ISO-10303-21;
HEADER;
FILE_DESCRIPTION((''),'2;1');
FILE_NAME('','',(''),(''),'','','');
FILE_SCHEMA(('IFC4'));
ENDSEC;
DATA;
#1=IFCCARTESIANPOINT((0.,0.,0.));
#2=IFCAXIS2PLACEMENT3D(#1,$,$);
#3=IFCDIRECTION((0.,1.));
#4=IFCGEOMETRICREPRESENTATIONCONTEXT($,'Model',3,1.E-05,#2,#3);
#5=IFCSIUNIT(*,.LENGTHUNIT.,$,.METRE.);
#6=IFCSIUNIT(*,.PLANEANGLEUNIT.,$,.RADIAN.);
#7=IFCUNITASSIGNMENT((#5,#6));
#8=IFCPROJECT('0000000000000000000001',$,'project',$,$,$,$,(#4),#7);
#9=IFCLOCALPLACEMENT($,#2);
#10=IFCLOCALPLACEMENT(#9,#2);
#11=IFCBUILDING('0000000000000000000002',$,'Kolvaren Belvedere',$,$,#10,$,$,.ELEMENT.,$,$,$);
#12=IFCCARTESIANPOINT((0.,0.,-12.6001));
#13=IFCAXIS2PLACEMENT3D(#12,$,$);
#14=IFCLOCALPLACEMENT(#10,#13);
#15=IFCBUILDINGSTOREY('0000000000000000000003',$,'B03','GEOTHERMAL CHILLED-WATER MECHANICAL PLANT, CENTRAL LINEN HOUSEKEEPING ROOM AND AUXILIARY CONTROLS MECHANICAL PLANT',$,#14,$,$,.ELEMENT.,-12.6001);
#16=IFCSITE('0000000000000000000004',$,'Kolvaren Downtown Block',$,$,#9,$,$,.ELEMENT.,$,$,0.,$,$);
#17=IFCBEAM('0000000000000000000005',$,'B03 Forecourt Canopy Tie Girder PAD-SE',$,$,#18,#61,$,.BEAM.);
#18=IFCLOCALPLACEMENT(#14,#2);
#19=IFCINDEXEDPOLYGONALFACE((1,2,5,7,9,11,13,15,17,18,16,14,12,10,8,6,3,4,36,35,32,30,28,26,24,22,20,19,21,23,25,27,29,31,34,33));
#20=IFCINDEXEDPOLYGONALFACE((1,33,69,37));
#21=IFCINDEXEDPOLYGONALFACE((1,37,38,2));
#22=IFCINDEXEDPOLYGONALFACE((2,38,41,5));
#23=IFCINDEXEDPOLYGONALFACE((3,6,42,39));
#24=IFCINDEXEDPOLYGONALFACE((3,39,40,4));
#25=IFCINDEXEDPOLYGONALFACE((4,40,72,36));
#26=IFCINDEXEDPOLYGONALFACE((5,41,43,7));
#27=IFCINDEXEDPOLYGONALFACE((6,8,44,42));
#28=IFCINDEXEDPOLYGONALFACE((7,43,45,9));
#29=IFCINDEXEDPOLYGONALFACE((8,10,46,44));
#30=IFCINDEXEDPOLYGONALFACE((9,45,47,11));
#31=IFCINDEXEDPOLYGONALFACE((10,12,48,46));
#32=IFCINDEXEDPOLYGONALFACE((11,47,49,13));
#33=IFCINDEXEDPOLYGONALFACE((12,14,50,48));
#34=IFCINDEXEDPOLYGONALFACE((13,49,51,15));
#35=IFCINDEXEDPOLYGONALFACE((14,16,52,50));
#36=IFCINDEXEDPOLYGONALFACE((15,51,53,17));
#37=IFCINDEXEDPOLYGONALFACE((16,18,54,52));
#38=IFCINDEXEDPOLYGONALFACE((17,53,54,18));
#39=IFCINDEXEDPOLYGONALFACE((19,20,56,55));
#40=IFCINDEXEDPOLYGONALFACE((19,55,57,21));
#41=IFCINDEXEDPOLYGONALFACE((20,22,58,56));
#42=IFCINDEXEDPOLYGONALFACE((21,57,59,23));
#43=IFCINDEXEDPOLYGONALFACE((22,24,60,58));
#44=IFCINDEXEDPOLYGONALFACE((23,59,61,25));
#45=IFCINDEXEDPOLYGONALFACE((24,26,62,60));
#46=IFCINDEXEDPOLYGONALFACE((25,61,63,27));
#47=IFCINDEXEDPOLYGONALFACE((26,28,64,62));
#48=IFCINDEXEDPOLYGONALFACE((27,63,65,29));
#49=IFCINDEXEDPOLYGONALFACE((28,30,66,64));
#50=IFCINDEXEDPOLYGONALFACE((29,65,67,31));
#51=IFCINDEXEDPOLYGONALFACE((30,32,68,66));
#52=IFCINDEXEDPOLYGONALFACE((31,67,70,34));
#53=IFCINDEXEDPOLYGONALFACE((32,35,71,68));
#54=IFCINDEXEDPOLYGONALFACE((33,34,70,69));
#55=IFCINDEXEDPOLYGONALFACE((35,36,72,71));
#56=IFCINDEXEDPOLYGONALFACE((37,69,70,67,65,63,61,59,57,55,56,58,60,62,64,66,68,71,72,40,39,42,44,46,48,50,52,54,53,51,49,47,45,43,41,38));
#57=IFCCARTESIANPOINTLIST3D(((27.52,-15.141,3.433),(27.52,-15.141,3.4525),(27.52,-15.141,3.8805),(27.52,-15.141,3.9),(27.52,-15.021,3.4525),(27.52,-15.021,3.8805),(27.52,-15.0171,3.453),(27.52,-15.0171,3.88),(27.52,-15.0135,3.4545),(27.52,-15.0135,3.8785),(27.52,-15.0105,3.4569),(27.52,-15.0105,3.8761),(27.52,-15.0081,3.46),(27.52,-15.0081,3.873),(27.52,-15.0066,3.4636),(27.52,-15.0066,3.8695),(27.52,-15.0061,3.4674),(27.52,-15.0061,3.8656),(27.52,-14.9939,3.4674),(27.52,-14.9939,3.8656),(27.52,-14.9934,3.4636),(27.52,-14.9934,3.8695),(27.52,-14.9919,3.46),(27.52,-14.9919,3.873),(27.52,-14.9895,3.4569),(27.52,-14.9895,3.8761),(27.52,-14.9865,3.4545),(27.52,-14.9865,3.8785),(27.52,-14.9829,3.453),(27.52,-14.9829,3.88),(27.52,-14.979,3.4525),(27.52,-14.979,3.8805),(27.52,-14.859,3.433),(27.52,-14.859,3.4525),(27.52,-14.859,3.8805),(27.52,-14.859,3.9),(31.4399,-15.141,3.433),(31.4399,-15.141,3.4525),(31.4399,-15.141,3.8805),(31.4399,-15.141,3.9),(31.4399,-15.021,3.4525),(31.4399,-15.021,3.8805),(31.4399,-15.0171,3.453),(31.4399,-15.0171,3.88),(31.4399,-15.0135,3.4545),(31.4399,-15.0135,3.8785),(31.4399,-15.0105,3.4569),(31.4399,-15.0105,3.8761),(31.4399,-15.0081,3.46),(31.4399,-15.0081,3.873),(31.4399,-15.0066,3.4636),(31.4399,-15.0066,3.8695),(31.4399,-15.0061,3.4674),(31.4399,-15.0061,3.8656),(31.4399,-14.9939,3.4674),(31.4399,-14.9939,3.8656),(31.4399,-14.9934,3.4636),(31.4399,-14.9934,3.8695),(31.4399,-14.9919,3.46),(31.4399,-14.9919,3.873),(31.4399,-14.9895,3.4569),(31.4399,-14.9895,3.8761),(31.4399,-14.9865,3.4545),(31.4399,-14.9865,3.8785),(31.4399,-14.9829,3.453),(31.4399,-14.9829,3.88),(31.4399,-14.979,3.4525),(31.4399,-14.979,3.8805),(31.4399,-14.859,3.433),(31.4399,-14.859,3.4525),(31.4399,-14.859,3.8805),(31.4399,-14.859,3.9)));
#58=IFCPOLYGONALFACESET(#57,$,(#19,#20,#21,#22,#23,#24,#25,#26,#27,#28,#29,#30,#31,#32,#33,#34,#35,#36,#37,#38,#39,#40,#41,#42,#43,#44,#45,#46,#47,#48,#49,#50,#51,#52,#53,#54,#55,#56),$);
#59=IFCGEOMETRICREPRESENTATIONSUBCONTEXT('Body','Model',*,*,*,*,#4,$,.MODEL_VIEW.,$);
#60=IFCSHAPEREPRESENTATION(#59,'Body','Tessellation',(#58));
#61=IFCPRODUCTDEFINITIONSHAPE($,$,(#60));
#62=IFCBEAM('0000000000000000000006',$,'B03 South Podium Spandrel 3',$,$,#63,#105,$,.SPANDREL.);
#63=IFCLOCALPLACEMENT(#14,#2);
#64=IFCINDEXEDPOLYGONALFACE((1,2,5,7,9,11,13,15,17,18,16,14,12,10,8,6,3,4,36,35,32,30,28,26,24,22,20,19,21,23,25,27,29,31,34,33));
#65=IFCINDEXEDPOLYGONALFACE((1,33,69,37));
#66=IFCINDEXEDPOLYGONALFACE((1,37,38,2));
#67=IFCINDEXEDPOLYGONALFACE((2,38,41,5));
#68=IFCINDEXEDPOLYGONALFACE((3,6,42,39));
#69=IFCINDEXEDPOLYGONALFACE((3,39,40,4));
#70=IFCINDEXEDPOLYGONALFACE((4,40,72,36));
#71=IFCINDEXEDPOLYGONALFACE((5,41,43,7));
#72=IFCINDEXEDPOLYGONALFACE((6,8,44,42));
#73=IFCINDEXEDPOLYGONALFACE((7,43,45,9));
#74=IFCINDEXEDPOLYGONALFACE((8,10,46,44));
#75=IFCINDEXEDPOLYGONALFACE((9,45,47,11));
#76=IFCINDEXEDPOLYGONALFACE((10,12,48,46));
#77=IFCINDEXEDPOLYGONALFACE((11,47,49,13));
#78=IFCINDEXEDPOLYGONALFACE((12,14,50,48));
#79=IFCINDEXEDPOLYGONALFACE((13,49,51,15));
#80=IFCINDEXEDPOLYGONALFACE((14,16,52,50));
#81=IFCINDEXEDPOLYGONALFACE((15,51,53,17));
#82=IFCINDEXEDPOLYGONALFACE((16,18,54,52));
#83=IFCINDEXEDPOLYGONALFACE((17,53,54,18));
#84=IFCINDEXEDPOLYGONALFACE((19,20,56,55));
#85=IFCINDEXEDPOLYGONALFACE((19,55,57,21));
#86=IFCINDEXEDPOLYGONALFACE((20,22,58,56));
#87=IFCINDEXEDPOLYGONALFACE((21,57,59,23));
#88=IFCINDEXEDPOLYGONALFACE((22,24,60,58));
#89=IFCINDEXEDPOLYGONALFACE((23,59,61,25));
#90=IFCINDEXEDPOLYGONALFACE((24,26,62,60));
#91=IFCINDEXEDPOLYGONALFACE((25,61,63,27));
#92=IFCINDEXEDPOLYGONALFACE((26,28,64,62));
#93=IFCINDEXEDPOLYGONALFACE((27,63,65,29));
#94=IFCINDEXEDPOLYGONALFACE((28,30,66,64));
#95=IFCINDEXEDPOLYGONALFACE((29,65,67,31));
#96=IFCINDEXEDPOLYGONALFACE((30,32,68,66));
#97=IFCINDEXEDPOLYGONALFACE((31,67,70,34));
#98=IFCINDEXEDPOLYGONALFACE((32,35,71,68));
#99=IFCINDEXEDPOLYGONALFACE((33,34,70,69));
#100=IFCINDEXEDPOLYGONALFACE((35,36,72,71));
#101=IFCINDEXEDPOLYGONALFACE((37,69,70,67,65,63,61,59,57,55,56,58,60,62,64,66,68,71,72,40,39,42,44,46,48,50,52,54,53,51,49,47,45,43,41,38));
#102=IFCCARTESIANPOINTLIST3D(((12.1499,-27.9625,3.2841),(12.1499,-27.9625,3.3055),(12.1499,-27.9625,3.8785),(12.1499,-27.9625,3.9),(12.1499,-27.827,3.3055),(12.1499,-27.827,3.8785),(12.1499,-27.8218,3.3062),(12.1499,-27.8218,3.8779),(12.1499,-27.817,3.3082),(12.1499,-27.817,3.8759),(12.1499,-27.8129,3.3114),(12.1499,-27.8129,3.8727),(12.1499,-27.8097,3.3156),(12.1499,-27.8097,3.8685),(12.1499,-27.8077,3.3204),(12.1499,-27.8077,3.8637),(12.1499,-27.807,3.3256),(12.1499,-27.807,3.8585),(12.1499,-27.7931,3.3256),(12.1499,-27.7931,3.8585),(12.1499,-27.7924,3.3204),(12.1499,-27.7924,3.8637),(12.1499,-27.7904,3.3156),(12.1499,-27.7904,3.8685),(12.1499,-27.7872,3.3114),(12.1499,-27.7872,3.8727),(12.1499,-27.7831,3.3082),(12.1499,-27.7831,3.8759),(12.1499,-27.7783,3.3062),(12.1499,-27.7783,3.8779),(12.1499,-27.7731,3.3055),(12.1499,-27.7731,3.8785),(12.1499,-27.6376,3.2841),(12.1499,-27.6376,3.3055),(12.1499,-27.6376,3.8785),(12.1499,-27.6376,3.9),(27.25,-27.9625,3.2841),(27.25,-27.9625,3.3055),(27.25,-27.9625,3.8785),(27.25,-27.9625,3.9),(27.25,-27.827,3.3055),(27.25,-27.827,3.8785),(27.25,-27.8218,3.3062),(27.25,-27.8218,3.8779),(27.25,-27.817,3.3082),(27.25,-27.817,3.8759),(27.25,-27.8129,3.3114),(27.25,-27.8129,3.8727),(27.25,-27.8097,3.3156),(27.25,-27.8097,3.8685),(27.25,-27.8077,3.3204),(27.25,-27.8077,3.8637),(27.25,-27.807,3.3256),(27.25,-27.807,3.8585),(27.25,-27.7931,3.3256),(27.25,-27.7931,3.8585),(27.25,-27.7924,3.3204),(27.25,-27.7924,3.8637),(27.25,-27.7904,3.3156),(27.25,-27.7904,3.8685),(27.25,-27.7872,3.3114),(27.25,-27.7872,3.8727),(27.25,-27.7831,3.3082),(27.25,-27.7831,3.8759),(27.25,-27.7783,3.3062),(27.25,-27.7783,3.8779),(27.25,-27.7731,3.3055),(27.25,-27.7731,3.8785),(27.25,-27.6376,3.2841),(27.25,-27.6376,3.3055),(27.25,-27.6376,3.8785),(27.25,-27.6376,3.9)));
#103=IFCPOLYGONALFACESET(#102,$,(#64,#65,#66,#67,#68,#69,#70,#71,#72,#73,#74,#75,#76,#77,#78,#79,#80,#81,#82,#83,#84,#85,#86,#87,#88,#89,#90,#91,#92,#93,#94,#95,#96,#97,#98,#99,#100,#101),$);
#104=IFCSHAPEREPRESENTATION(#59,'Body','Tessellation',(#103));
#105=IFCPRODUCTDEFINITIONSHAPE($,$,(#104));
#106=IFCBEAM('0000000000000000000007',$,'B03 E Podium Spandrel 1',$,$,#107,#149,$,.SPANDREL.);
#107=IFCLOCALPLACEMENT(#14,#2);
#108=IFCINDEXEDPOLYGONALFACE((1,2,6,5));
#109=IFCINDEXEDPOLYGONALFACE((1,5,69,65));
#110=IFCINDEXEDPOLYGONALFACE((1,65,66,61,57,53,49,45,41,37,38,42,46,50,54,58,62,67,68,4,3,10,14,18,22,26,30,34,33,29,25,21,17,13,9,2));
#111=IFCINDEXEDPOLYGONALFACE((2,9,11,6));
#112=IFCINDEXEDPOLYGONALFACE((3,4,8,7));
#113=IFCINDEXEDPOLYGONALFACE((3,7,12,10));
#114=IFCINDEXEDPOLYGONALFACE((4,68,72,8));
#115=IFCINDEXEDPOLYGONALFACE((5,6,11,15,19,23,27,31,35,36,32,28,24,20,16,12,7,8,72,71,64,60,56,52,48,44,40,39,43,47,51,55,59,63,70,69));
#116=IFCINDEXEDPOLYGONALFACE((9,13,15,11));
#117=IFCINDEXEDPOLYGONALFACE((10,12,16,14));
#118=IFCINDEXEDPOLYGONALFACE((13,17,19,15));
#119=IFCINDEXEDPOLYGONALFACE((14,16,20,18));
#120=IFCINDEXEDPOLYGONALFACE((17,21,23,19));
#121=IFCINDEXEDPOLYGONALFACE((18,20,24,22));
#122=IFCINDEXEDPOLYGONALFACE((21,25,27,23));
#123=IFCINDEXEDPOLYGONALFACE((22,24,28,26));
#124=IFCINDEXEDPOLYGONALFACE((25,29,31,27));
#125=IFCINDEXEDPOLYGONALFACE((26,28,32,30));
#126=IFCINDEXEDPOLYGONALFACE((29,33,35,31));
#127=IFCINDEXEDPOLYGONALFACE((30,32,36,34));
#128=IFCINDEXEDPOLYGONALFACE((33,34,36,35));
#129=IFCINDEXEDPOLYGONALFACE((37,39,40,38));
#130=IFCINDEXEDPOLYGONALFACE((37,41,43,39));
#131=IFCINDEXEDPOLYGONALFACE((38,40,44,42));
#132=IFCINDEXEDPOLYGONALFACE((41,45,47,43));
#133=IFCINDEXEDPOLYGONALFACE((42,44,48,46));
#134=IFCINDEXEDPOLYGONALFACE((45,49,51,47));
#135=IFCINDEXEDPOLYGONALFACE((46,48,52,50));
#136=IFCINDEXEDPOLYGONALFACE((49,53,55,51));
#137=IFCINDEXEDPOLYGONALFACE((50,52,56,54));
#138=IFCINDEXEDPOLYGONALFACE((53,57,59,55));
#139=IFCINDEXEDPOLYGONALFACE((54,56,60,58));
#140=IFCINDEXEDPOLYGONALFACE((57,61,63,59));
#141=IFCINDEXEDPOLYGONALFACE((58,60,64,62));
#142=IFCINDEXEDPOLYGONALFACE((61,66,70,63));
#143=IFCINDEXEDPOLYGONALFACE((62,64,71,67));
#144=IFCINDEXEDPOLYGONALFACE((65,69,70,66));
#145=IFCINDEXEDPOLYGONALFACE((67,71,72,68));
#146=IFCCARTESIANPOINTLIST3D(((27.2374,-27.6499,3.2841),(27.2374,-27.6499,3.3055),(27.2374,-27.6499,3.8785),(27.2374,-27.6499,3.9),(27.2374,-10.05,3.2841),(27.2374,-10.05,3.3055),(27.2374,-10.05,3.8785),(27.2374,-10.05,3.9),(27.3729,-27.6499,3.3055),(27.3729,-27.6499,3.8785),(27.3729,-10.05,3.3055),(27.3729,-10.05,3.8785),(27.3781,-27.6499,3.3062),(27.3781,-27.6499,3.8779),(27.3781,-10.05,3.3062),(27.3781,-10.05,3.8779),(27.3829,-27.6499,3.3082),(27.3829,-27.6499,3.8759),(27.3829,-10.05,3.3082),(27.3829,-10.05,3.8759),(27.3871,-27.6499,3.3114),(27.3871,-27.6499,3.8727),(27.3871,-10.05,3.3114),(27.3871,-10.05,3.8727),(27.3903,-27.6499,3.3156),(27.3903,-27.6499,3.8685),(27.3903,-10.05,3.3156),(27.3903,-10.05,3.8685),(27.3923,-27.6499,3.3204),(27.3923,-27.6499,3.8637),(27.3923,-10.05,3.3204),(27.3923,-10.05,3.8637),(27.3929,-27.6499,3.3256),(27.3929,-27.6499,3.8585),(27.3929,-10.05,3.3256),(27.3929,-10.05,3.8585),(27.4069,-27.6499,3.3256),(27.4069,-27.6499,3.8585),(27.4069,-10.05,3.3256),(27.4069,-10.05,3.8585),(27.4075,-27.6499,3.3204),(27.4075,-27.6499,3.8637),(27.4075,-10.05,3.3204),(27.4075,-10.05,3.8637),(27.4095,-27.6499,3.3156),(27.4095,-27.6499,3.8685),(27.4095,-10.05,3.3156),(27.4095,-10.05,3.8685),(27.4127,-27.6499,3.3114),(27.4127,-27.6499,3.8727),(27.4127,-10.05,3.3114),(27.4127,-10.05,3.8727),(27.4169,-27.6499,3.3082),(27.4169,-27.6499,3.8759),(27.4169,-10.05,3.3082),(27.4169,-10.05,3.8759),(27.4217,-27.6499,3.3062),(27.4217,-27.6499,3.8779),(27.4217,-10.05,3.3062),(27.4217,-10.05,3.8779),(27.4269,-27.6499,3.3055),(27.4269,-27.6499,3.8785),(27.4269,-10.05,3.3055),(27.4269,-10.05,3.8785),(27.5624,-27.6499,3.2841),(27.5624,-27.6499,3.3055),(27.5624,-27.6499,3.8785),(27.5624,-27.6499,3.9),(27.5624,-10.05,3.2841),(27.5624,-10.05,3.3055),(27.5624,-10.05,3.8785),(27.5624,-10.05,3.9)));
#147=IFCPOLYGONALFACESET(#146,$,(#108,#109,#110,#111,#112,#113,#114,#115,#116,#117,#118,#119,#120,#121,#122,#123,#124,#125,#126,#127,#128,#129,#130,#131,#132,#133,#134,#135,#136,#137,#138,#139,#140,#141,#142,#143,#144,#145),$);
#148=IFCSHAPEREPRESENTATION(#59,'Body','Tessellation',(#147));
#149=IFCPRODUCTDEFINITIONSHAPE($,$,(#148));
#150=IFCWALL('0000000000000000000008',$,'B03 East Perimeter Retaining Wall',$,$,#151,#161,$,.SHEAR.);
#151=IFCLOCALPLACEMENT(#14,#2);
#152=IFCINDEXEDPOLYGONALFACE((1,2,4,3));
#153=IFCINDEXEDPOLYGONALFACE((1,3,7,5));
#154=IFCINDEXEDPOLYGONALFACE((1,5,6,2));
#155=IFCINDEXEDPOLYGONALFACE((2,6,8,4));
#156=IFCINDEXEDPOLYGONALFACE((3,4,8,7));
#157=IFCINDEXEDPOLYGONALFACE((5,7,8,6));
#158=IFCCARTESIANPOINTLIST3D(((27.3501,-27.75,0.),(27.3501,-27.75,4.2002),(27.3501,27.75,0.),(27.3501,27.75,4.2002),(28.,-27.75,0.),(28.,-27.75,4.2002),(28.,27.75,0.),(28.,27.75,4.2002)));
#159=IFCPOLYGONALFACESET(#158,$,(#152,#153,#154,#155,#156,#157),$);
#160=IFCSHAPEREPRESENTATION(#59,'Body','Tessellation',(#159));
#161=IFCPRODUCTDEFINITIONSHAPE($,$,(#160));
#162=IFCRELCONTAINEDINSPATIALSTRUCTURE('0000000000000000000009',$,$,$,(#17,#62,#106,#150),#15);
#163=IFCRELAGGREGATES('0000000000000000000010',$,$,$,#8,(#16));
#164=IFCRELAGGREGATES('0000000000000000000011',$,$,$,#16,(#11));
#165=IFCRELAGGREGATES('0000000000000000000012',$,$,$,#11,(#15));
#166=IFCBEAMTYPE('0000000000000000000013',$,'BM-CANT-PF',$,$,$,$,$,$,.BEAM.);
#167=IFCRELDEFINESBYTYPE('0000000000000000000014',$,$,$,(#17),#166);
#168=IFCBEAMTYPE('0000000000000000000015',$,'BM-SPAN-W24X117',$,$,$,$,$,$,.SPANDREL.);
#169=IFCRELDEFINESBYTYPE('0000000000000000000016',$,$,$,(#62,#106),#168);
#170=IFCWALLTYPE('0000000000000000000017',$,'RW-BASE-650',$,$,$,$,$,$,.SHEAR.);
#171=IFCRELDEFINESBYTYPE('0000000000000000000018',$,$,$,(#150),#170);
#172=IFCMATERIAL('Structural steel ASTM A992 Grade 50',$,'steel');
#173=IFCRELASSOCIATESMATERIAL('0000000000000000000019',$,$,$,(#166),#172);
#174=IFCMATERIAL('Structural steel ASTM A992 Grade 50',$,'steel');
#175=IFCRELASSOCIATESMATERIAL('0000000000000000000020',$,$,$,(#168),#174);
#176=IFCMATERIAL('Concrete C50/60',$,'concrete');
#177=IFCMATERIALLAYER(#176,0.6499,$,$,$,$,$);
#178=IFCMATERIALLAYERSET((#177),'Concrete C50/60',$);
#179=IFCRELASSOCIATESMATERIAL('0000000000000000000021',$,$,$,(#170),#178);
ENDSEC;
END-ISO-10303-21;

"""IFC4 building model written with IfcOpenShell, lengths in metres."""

from ifc_helpers import new_model, si_unit, direction, frame, frame_2d, origin, origin_2d, place, context, subcontext, project, spatial, rectangle, i_section, extrude, material, layer, layer_set, material_profile, profile_set, type_object, element, save


model = new_model("IFC4")

# Units and contexts
model_context = context("Model", 3, precision=1e-05, world=origin(), true_north=direction((0.0, 1.0)))
body_context = subcontext(model_context, "Body", "Model", "MODEL_VIEW")
ifc_project = project(units=[si_unit("LENGTHUNIT", "METRE"), si_unit("PLANEANGLEUNIT", "RADIAN")], contexts=[model_context])

# Site, building, storey
site_placement = place(None, origin())
site = spatial("IfcSite", under=ifc_project, at=site_placement, Name="Kolvaren Downtown Block", CompositionType="ELEMENT", RefElevation=0.0)
building_placement = place(site_placement, origin())
building = spatial("IfcBuilding", under=site, at=building_placement, Name="Kolvaren Belvedere", CompositionType="ELEMENT")
storey_placement = place(building_placement, frame((0.0, 0.0, -12.6001)))
storey = spatial("IfcBuildingStorey", under=building, at=storey_placement, Name="B03", Description="GEOTHERMAL CHILLED-WATER MECHANICAL PLANT, CENTRAL LINEN HOUSEKEEPING ROOM AND AUXILIARY CONTROLS MECHANICAL PLANT", CompositionType="ELEMENT", Elevation=-12.6001)

# Beams
ifc_material_1 = material(Name="Structural steel ASTM A992 Grade 50", Category="steel")
ifc_material_profile_1 = material_profile(ifc_material_1, i_section(OverallWidth=0.282, OverallDepth=0.467, WebThickness=0.0122, FlangeThickness=0.0195, FilletRadius=0.0149, at=origin_2d()), Name="W18X86")
ifc_profile_set_1 = profile_set([ifc_material_profile_1], Name="Structural steel ASTM A992 Grade 50")
beam_type_1 = type_object("IfcBeamType", Name="BM-CANT-PF", PredefinedType="BEAM", material=ifc_profile_set_1)
beam_1_placement = place(storey_placement, frame((31.4399, -15.0, 3.6665), z_axis=(-1.0, 0.0, 0.0), x_axis=(0.0, -1.0, 0.0)))
element("IfcBeam", 1, at=beam_1_placement, inside=storey, type_object=beam_type_1, Name="B03 Forecourt Canopy Tie Girder PAD-SE", PredefinedType="BEAM", context=body_context, shape_type="SweptSolid", body=[
    extrude(i_section(OverallWidth=0.282, OverallDepth=0.467, WebThickness=0.0122, FlangeThickness=0.0195, FilletRadius=0.0149, at=origin_2d()), origin(), (0.0, 0.0, 1.0), 3.9199),
])
ifc_material_2 = material(Name="Structural steel ASTM A992 Grade 50", Category="steel")
ifc_material_profile_2 = material_profile(ifc_material_2, i_section(OverallWidth=0.325, OverallDepth=0.616, WebThickness=0.0139, FlangeThickness=0.0215, FilletRadius=0.02, at=origin_2d()), Name="W24X117")
ifc_profile_set_2 = profile_set([ifc_material_profile_2], Name="Structural steel ASTM A992 Grade 50")
beam_type_2 = type_object("IfcBeamType", Name="BM-SPAN-W24X117", PredefinedType="SPANDREL", material=ifc_profile_set_2)
beam_2_placement = place(storey_placement, frame((12.1499, -27.8, 3.592), z_axis=(1.0, 0.0, 0.0), x_axis=(0.0, 1.0, 0.0)))
element("IfcBeam", 2, at=beam_2_placement, inside=storey, type_object=beam_type_2, Name="B03 South Podium Spandrel 3", PredefinedType="SPANDREL", context=body_context, shape_type="SweptSolid", body=[
    extrude(i_section(OverallWidth=0.325, OverallDepth=0.616, WebThickness=0.0139, FlangeThickness=0.0215, FilletRadius=0.02, at=origin_2d()), origin(), (0.0, 0.0, 1.0), 15.1001),
])
beam_3_placement = place(storey_placement, frame((27.3999, -27.6499, 3.592), z_axis=(0.0, 1.0, 0.0), x_axis=(-1.0, 0.0, 0.0)))
element("IfcBeam", 3, at=beam_3_placement, inside=storey, type_object=beam_type_2, Name="B03 E Podium Spandrel 1", PredefinedType="SPANDREL", context=body_context, shape_type="SweptSolid", body=[
    extrude(i_section(OverallWidth=0.325, OverallDepth=0.616, WebThickness=0.0139, FlangeThickness=0.0215, FilletRadius=0.02, at=origin_2d()), origin(), (0.0, 0.0, 1.0), 17.5999),
])

# Wall
ifc_material_3 = material(Name="Concrete C50/60", Category="concrete")
ifc_layer_1 = layer(ifc_material_3, 0.6499)
ifc_layer_set_1 = layer_set([ifc_layer_1], Name="Concrete C50/60")
wall_type_1 = type_object("IfcWallType", Name="RW-BASE-650", PredefinedType="SHEAR", material=ifc_layer_set_1)
wall_1_placement = place(storey_placement, frame((27.675, -27.75, 0.0), z_axis=(0.0, 0.0, 1.0), x_axis=(0.0, 1.0, 0.0)))
element("IfcWall", 4, at=wall_1_placement, inside=storey, type_object=wall_type_1, Name="B03 East Perimeter Retaining Wall", PredefinedType="SHEAR", context=body_context, shape_type="SweptSolid", body=[
    extrude(rectangle(XDim=55.5, YDim=0.6499, at=frame_2d((27.75, 0.0))), origin(), (0.0, 0.0, 1.0), 4.2002),
])

save(model, "model.ifc")
